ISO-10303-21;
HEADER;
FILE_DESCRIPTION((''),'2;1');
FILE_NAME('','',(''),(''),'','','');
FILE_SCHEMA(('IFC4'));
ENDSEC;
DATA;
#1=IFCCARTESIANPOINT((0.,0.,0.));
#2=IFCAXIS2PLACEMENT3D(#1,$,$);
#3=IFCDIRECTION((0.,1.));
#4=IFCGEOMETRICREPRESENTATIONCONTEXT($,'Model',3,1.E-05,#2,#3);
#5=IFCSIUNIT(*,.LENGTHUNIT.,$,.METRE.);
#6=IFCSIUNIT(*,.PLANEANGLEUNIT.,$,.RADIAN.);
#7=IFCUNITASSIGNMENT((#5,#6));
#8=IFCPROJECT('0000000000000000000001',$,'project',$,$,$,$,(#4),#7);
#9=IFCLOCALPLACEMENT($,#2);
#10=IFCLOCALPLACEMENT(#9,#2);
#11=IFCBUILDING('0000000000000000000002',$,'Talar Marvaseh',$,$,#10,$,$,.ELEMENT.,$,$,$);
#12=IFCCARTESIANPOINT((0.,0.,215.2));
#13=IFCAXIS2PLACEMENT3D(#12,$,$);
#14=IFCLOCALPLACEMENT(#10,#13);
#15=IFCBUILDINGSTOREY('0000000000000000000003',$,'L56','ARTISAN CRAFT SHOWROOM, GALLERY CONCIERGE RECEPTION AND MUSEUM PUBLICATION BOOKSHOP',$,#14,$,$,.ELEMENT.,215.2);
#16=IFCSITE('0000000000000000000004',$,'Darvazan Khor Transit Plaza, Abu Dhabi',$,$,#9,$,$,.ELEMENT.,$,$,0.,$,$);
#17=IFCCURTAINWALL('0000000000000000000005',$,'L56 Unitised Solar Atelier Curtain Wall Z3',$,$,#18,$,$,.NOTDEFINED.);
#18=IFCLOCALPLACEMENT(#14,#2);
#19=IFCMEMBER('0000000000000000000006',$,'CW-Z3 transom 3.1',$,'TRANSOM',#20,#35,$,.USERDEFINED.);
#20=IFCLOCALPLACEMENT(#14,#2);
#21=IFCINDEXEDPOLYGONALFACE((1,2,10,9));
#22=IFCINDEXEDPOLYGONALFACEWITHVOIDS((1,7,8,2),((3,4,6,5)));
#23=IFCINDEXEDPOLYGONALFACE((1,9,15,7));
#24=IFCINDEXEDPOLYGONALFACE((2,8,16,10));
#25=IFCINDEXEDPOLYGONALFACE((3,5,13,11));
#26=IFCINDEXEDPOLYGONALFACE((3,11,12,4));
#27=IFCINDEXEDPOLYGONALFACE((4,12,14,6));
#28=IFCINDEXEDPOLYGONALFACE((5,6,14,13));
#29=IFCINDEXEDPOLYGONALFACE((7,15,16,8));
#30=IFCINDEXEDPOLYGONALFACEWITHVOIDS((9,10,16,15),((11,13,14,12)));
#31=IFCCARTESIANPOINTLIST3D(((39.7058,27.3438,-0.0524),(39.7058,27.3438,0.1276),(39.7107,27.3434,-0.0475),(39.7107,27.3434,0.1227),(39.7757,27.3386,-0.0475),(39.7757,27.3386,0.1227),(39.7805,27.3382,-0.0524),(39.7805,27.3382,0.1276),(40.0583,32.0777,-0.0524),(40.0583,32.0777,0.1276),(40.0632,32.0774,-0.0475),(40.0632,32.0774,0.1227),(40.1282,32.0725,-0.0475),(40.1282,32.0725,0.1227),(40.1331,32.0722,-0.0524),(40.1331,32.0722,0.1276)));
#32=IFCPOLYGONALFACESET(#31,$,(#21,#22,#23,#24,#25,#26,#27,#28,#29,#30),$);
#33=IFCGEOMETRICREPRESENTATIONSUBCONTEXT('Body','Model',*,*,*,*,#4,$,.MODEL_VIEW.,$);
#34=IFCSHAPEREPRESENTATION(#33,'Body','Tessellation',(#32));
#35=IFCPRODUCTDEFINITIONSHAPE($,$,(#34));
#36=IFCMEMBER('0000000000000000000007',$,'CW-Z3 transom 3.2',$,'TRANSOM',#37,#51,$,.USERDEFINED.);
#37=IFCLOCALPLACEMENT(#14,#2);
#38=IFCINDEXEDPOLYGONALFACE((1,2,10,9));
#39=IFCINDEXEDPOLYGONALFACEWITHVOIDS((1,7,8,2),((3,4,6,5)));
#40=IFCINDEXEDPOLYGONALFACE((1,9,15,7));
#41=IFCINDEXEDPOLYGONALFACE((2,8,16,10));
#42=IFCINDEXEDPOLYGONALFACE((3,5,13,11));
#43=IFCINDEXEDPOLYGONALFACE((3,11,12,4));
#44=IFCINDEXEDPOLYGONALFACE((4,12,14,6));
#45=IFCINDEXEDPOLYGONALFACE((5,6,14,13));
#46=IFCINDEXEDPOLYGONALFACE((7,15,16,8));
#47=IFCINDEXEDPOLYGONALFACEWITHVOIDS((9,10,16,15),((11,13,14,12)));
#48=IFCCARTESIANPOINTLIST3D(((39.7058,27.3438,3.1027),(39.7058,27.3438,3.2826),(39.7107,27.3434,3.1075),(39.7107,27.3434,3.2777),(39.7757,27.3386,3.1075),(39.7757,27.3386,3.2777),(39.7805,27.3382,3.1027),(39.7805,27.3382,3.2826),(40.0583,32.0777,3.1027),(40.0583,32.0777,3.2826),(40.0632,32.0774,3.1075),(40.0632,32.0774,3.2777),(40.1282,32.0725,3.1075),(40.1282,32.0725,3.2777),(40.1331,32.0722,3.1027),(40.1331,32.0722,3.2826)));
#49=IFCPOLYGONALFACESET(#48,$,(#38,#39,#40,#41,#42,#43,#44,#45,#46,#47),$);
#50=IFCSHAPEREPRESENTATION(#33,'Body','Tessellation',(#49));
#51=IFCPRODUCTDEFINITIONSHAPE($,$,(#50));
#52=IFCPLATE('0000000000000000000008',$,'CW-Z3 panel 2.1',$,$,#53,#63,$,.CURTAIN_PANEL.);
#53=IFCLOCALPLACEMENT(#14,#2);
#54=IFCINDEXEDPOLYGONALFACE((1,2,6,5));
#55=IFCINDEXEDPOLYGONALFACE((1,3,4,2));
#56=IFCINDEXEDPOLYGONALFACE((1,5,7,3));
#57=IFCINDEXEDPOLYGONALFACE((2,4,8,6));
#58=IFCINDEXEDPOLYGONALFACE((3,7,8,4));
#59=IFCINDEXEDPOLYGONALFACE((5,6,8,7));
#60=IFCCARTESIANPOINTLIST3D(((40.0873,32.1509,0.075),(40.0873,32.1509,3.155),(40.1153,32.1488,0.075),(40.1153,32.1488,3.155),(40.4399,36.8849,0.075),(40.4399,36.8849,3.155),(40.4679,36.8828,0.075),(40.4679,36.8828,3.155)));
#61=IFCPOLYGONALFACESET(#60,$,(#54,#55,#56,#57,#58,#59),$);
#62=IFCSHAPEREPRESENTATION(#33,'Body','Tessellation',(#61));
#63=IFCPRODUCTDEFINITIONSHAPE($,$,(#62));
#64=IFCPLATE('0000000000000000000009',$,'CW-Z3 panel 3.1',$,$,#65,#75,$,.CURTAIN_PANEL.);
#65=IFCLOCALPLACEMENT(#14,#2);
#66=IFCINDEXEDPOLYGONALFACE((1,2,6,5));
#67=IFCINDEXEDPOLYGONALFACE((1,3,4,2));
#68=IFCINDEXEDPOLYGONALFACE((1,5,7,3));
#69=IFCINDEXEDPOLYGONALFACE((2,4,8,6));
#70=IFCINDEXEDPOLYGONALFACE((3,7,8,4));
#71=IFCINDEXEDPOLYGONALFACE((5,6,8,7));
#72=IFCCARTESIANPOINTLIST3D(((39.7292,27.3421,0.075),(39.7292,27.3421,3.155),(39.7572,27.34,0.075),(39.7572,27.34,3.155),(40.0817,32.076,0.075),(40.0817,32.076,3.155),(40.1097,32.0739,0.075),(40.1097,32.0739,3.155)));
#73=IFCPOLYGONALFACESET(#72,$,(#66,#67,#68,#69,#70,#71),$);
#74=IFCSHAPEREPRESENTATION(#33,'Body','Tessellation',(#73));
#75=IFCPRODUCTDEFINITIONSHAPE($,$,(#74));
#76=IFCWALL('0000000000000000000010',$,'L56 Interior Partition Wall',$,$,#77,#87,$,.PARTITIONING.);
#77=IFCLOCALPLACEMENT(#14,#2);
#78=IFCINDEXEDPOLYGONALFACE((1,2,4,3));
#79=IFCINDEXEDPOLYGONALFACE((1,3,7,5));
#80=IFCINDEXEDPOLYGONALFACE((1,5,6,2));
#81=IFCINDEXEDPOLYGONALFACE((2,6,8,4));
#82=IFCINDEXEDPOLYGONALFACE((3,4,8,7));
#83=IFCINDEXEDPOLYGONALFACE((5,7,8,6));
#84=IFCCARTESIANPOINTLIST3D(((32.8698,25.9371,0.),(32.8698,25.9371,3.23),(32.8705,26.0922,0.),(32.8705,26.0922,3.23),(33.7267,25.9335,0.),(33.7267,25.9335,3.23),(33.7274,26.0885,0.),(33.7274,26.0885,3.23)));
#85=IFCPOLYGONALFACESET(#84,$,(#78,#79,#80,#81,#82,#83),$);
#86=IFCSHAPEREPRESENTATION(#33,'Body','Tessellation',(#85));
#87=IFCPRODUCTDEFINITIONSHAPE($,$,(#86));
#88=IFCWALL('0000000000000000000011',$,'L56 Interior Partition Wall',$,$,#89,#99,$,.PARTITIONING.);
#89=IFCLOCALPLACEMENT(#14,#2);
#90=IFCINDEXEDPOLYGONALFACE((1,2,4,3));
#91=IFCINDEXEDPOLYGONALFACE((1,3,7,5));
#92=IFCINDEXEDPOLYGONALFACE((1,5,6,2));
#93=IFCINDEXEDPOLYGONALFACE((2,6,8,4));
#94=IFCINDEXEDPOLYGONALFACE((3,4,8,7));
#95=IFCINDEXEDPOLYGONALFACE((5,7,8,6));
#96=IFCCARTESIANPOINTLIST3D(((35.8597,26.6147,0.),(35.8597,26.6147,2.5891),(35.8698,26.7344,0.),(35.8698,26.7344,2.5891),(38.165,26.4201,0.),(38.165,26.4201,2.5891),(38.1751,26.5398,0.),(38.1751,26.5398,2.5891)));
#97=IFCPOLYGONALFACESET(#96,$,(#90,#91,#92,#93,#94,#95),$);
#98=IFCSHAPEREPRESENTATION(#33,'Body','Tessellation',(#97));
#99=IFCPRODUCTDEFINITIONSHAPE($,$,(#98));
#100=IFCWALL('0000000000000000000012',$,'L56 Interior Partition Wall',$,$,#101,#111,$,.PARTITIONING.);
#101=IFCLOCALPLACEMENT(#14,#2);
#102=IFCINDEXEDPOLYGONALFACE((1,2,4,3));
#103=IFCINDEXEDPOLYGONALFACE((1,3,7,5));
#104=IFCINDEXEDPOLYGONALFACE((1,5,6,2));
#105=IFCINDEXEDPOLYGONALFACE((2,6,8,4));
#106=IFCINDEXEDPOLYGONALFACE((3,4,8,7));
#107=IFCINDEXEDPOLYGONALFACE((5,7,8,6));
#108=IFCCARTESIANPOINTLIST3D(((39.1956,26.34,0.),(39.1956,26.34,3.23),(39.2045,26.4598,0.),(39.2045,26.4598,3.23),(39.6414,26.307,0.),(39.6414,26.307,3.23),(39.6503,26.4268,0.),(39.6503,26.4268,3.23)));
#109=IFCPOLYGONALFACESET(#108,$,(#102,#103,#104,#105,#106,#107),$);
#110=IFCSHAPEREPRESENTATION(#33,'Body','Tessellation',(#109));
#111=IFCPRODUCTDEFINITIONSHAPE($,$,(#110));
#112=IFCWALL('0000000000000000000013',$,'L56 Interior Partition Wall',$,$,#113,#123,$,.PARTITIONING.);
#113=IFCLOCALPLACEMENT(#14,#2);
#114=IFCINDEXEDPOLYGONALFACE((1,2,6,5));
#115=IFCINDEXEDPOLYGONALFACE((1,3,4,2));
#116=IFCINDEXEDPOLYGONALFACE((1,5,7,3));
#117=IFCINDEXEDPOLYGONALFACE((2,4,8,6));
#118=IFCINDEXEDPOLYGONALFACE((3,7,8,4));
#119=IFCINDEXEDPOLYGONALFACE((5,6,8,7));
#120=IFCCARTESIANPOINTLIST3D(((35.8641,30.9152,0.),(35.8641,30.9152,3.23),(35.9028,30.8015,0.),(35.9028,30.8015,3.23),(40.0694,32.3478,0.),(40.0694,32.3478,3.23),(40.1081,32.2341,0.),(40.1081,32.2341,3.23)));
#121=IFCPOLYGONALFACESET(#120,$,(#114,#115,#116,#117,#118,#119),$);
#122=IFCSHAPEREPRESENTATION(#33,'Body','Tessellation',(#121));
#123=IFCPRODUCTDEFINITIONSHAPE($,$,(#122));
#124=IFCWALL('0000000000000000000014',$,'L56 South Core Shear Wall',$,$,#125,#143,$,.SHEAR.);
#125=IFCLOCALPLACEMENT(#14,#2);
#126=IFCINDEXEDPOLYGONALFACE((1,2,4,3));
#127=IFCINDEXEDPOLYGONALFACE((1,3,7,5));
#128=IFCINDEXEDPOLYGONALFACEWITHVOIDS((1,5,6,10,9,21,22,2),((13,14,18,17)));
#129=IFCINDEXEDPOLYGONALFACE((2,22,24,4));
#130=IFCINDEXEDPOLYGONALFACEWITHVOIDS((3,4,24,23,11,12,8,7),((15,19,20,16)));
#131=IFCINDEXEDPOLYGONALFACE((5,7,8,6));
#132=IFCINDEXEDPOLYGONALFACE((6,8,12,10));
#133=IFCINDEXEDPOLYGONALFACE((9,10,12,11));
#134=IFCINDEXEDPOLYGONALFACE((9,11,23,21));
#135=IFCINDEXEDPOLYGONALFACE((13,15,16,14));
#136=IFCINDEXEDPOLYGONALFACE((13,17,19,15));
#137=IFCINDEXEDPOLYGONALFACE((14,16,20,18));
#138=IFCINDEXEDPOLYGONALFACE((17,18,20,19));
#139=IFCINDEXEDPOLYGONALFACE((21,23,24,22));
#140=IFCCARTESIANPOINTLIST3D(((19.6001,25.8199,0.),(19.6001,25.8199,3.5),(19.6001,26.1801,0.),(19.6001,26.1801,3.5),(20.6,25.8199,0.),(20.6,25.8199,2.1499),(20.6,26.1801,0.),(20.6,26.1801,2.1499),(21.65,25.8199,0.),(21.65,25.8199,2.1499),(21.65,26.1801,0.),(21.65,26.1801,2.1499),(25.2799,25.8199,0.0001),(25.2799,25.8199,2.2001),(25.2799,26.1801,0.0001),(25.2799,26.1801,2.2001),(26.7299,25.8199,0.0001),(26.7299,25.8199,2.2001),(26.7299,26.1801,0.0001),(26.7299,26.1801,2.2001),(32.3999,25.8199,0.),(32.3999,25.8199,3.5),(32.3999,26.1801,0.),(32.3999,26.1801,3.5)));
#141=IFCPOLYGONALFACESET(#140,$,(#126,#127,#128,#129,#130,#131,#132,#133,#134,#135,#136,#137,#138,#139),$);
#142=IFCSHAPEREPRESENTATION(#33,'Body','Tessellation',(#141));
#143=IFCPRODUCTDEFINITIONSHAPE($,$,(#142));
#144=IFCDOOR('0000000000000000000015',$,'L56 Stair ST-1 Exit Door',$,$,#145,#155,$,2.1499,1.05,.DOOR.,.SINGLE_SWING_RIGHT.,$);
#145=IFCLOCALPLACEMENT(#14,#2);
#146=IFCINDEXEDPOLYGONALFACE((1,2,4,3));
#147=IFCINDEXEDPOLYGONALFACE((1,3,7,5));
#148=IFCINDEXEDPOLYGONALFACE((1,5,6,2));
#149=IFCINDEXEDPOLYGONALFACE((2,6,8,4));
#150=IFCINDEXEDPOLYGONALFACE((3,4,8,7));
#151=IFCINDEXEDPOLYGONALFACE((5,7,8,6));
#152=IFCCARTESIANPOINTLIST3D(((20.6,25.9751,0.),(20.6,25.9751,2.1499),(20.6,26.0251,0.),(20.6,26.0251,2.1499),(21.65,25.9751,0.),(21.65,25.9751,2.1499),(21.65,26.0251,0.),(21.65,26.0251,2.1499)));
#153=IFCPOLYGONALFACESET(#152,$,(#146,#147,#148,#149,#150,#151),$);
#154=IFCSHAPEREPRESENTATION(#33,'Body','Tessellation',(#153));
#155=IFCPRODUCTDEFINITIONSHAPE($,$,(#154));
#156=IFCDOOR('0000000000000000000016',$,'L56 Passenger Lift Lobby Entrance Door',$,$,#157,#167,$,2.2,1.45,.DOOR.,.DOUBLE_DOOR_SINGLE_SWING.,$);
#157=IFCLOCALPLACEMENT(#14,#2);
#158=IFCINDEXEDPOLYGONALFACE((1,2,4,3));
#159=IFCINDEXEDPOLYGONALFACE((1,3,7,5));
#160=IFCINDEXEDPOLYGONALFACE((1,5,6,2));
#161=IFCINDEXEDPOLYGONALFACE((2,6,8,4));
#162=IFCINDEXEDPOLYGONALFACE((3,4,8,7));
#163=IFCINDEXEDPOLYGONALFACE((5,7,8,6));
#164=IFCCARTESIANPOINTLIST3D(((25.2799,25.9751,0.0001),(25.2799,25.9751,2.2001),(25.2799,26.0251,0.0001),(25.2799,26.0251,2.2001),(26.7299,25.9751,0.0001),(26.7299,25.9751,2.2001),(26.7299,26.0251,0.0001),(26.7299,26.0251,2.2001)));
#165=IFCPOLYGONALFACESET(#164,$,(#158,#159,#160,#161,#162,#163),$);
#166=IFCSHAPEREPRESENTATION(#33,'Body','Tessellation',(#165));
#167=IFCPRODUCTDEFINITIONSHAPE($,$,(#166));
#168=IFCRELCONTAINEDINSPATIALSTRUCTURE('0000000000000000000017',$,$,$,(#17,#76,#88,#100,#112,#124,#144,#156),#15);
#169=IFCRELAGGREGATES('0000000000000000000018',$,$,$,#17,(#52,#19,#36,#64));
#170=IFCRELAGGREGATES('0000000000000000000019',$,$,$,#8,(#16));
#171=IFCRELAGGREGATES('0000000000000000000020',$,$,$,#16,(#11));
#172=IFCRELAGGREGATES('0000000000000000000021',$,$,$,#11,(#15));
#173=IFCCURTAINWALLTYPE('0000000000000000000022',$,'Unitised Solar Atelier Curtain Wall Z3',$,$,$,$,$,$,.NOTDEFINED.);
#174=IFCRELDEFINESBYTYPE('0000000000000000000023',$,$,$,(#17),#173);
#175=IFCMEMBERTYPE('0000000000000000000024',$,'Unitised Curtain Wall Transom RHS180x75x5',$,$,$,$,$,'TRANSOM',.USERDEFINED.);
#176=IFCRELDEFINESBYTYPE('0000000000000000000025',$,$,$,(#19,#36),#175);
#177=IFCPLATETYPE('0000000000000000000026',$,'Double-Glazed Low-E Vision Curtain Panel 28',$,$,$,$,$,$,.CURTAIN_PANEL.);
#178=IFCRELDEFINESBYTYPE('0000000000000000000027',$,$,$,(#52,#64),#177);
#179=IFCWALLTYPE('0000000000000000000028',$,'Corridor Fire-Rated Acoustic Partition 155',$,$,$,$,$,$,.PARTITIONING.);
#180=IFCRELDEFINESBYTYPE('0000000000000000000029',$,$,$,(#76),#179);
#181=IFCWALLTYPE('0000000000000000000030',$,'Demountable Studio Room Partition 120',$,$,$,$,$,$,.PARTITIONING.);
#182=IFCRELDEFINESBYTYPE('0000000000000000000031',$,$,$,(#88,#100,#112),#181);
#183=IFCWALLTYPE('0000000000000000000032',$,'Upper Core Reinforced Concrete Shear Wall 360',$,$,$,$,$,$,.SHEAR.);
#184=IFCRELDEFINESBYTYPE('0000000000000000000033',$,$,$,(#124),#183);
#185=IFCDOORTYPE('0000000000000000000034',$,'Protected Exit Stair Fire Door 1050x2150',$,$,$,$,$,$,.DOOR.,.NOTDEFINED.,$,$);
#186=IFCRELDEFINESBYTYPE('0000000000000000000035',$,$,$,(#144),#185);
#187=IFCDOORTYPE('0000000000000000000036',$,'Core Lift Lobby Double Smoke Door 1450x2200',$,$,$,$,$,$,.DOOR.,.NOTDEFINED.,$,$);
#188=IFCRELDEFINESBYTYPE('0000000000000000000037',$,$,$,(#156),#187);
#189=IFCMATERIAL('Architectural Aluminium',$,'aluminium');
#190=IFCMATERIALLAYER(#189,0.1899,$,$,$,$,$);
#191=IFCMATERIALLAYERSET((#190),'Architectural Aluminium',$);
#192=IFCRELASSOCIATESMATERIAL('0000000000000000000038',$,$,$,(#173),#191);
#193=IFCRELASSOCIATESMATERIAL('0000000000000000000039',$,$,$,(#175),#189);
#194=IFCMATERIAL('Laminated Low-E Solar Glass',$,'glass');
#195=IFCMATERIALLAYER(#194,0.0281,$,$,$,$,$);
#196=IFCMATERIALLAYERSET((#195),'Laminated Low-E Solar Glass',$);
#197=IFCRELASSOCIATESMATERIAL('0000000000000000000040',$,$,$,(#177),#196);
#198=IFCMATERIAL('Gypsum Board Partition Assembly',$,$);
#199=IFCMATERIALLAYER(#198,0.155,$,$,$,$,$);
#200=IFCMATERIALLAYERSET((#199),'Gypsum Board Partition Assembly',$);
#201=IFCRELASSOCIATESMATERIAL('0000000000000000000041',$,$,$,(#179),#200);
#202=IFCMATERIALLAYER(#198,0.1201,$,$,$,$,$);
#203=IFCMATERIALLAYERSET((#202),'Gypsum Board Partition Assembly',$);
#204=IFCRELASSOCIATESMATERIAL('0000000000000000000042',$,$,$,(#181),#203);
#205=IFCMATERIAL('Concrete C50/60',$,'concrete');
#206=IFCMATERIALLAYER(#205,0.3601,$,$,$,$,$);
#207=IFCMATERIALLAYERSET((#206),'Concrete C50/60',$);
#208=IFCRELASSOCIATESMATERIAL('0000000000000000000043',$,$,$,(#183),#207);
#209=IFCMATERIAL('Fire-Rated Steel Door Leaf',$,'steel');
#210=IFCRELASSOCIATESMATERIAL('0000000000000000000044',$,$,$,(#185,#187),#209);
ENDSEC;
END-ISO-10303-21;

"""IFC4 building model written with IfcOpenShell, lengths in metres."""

from ifc_helpers import new_model, si_unit, direction, frame, frame_2d, origin, origin_2d, place, context, subcontext, project, spatial, rectangle, hollow_rectangle, extrude, source, transform, mapped, material, layer, layer_set, material_profile, profile_set, type_object, type_shapes, element, fill, aggregate, save


model = new_model("IFC4")

# Units and contexts
model_context = context("Model", 3, precision=1e-05, world=origin(), true_north=direction((0.0, 1.0)))
body_context = subcontext(model_context, "Body", "Model", "MODEL_VIEW")
ifc_project = project(units=[si_unit("LENGTHUNIT", "METRE"), si_unit("PLANEANGLEUNIT", "RADIAN")], contexts=[model_context])

# Site, building, storey
site_placement = place(None, origin())
site = spatial("IfcSite", under=ifc_project, at=site_placement, Name="Darvazan Khor Transit Plaza, Abu Dhabi", CompositionType="ELEMENT", RefElevation=0.0)
building_placement = place(site_placement, origin())
building = spatial("IfcBuilding", under=site, at=building_placement, Name="Talar Marvaseh", CompositionType="ELEMENT")
storey_placement = place(building_placement, frame((0.0, 0.0, 215.2)))
storey = spatial("IfcBuildingStorey", under=building, at=storey_placement, Name="L56", Description="ARTISAN CRAFT SHOWROOM, GALLERY CONCIERGE RECEPTION AND MUSEUM PUBLICATION BOOKSHOP", CompositionType="ELEMENT", Elevation=215.2)

# Curtain wall, members, plates
ifc_material_1 = material(Name="Architectural Aluminium", Category="aluminium")
ifc_layer_1 = layer(ifc_material_1, 0.1899)
ifc_layer_set_1 = layer_set([ifc_layer_1], Name="Architectural Aluminium")
curtain_wall_type = type_object("IfcCurtainWallType", Name="Unitised Solar Atelier Curtain Wall Z3", PredefinedType="NOTDEFINED", material=ifc_layer_set_1)
curtain_wall_placement = place(storey_placement, origin())
curtain_wall = element("IfcCurtainWall", 1, at=curtain_wall_placement, inside=storey, type_object=curtain_wall_type, Name="L56 Unitised Solar Atelier Curtain Wall Z3", PredefinedType="NOTDEFINED")
ifc_material_profile_1 = material_profile(ifc_material_1, hollow_rectangle(XDim=0.075, YDim=0.1799, WallThickness=0.0049, at=origin_2d()), Name="RHS180x75x5")
ifc_profile_set_1 = profile_set([ifc_material_profile_1], Name="Architectural Aluminium")
member_type_1 = type_object("IfcMemberType", Name="Unitised Curtain Wall Transom RHS180x75x5", ElementType="TRANSOM", PredefinedType="USERDEFINED", material=ifc_profile_set_1)
shared_shape_1 = source(origin(), body_context, "Body", "SweptSolid", [
    extrude(hollow_rectangle(XDim=0.075, YDim=0.1799, WallThickness=0.0049, at=origin_2d()), origin(), (0.0, 0.0, 1.0), 4.7471),
])
member_1_placement = place(storey_placement, frame((40.0957, 32.075, 0.0376), z_axis=(-0.074266, -0.997238, 0.0), x_axis=(0.997238, -0.074266, 0.0)))
member_1 = element("IfcMember", 2, at=member_1_placement, type_object=member_type_1, Name="CW-Z3 transom 3.1", ObjectType="TRANSOM", PredefinedType="USERDEFINED", context=body_context, shape_type="MappedRepresentation", body=[
    mapped(shared_shape_1, transform((0.0, 0.0, 0.0), x_axis=(1.0, 0.0, 0.0), y_axis=(0.0, 1.0, 0.0), z_axis=(0.0, 0.0, 1.0), scale=1.0)),
])
member_2_placement = place(storey_placement, frame((40.0957, 32.075, 3.1926), z_axis=(-0.074266, -0.997238, 0.0), x_axis=(0.997238, -0.074266, 0.0)))
member_2 = element("IfcMember", 3, at=member_2_placement, type_object=member_type_1, Name="CW-Z3 transom 3.2", ObjectType="TRANSOM", PredefinedType="USERDEFINED", context=body_context, shape_type="MappedRepresentation", body=[
    mapped(shared_shape_1, transform((0.0, 0.0, 0.0), x_axis=(1.0, 0.0, 0.0), y_axis=(0.0, 1.0, 0.0), z_axis=(0.0, 0.0, 1.0), scale=1.0)),
])
ifc_material_2 = material(Name="Laminated Low-E Solar Glass", Category="glass")
ifc_layer_2 = layer(ifc_material_2, 0.0281)
ifc_layer_set_2 = layer_set([ifc_layer_2], Name="Laminated Low-E Solar Glass")
plate_type = type_object("IfcPlateType", Name="Double-Glazed Low-E Vision Curtain Panel 28", PredefinedType="CURTAIN_PANEL", material=ifc_layer_set_2)
shared_shape_2 = source(origin(), body_context, "Body", "SweptSolid", [
    extrude(rectangle(XDim=4.7471, YDim=0.0281, at=origin_2d()), origin(), (0.0, 0.0, 1.0), 3.0801),
])
type_shapes(plate_type, [shared_shape_2])
plate_1_placement = place(storey_placement, frame((40.2776, 34.5168, 0.075), z_axis=(0.0, 0.0, 1.0), x_axis=(-0.074263, -0.997239, 0.0)))
plate_1 = element("IfcPlate", 4, at=plate_1_placement, type_object=plate_type, Name="CW-Z3 panel 2.1", PredefinedType="CURTAIN_PANEL", context=body_context, shape_type="MappedRepresentation", body=[
    mapped(shared_shape_2, transform((0.0, 0.0, 0.0), x_axis=(1.0, 0.0, 0.0), y_axis=(0.0, 1.0, 0.0), z_axis=(0.0, 0.0, 1.0), scale=1.0)),
])
plate_2_placement = place(storey_placement, frame((39.9194, 29.708, 0.075), z_axis=(0.0, 0.0, 1.0), x_axis=(-0.074263, -0.997239, 0.0)))
plate_2 = element("IfcPlate", 5, at=plate_2_placement, type_object=plate_type, Name="CW-Z3 panel 3.1", PredefinedType="CURTAIN_PANEL", context=body_context, shape_type="MappedRepresentation", body=[
    mapped(shared_shape_2, transform((0.0, 0.0, 0.0), x_axis=(1.0, 0.0, 0.0), y_axis=(0.0, 1.0, 0.0), z_axis=(0.0, 0.0, 1.0), scale=1.0)),
])
aggregate(curtain_wall, [plate_1, member_1, member_2, plate_2])

# Walls
ifc_material_3 = material(Name="Gypsum Board Partition Assembly")
ifc_layer_3 = layer(ifc_material_3, 0.155)
ifc_layer_set_3 = layer_set([ifc_layer_3], Name="Gypsum Board Partition Assembly")
wall_type_1 = type_object("IfcWallType", Name="Corridor Fire-Rated Acoustic Partition 155", PredefinedType="PARTITIONING", material=ifc_layer_set_3)
wall_1_placement = place(storey_placement, frame((33.7271, 26.011, 0.0), z_axis=(0.0, 0.0, 1.0), x_axis=(-0.999991, 0.004273, 0.0)))
element("IfcWall", 6, at=wall_1_placement, inside=storey, type_object=wall_type_1, Name="L56 Interior Partition Wall", PredefinedType="PARTITIONING", context=body_context, shape_type="SweptSolid", body=[
    extrude(rectangle(XDim=0.8569, YDim=0.155, at=frame_2d((0.4285, 0.0))), origin(), (0.0, 0.0, 1.0), 3.23),
])
ifc_layer_4 = layer(ifc_material_3, 0.1201)
ifc_layer_set_4 = layer_set([ifc_layer_4], Name="Gypsum Board Partition Assembly")
wall_type_2 = type_object("IfcWallType", Name="Demountable Studio Room Partition 120", PredefinedType="PARTITIONING", material=ifc_layer_set_4)
wall_2_placement = place(storey_placement, frame((35.8647, 26.6746, 0.0), z_axis=(0.0, 0.0, 1.0), x_axis=(0.996456, -0.084111, 0.0)))
element("IfcWall", 7, at=wall_2_placement, inside=storey, type_object=wall_type_2, Name="L56 Interior Partition Wall", PredefinedType="PARTITIONING", context=body_context, shape_type="SweptSolid", body=[
    extrude(rectangle(XDim=2.3135, YDim=0.1201, at=frame_2d((1.1567, 0.0))), origin(), (0.0, 0.0, 1.0), 2.5891),
])
wall_3_placement = place(storey_placement, frame((39.2, 26.3999, 0.0), z_axis=(0.0, 0.0, 1.0), x_axis=(0.997278, -0.073731, 0.0)))
element("IfcWall", 8, at=wall_3_placement, inside=storey, type_object=wall_type_2, Name="L56 Interior Partition Wall", PredefinedType="PARTITIONING", context=body_context, shape_type="SweptSolid", body=[
    extrude(rectangle(XDim=0.447, YDim=0.1201, at=frame_2d((0.2236, 0.0))), origin(), (0.0, 0.0, 1.0), 3.23),
])
wall_4_placement = place(storey_placement, frame((35.8835, 30.8584, 0.0), z_axis=(0.0, 0.0, 1.0), x_axis=(0.94658, 0.322469, 0.0)))
element("IfcWall", 9, at=wall_4_placement, inside=storey, type_object=wall_type_2, Name="L56 Interior Partition Wall", PredefinedType="PARTITIONING", context=body_context, shape_type="SweptSolid", body=[
    extrude(rectangle(XDim=4.4426, YDim=0.1201, at=frame_2d((2.2212, 0.0))), origin(), (0.0, 0.0, 1.0), 3.23),
])

# Wall, openings, doors
ifc_material_4 = material(Name="Concrete C50/60", Category="concrete")
ifc_layer_5 = layer(ifc_material_4, 0.3601)
ifc_layer_set_5 = layer_set([ifc_layer_5], Name="Concrete C50/60")
wall_type_3 = type_object("IfcWallType", Name="Upper Core Reinforced Concrete Shear Wall 360", PredefinedType="SHEAR", material=ifc_layer_set_5)
wall_5_placement = place(storey_placement, frame((32.3999, 26.0, 0.0), z_axis=(0.0, 0.0, 1.0), x_axis=(-1.0, 0.0, 0.0)))
wall_5 = element("IfcWall", 10, at=wall_5_placement, inside=storey, type_object=wall_type_3, Name="L56 South Core Shear Wall", PredefinedType="SHEAR", context=body_context, shape_type="SweptSolid", body=[
    extrude(rectangle(XDim=12.7998, YDim=0.3601, at=frame_2d((6.3999, 0.0))), origin(), (0.0, 0.0, 1.0), 3.5),
])
opening_1_placement = place(wall_5_placement, frame((10.75, 0.0, 0.0)))
opening_1 = element("IfcOpeningElement", 11, at=opening_1_placement, cuts=wall_5, PredefinedType="OPENING", context=body_context, shape_type="SweptSolid", body=[
    extrude(rectangle(XDim=1.05, YDim=2.1499, at=frame_2d((0.5249, 1.075))), frame((0.0, 0.1899, 0.0), z_axis=(0.0, -1.0, 0.0), x_axis=(1.0, 0.0, 0.0)), (0.0, 0.0, 1.0), 0.3801),
])
opening_2_placement = place(wall_5_placement, frame((5.6699, 0.0, 0.0)))
opening_2 = element("IfcOpeningElement", 12, at=opening_2_placement, cuts=wall_5, PredefinedType="OPENING", context=body_context, shape_type="SweptSolid", body=[
    extrude(rectangle(XDim=1.45, YDim=2.2, at=frame_2d((0.7251, 1.1001))), frame((0.0, 0.1899, 0.0), z_axis=(0.0, -1.0, 0.0), x_axis=(1.0, 0.0, 0.0)), (0.0, 0.0, 1.0), 0.3801),
])
ifc_material_5 = material(Name="Fire-Rated Steel Door Leaf", Category="steel")
door_type_1 = type_object("IfcDoorType", Name="Protected Exit Stair Fire Door 1050x2150", OperationType="NOTDEFINED", PredefinedType="DOOR", material=ifc_material_5)
shared_shape_3 = source(origin(), body_context, "Body", "SweptSolid", [
    extrude(rectangle(XDim=1.05, YDim=2.1499, at=frame_2d((0.5249, 1.075))), frame((0.0, 0.0249, 0.0), z_axis=(0.0, -1.0, 0.0), x_axis=(1.0, 0.0, 0.0)), (0.0, 0.0, 1.0), 0.05),
])
type_shapes(door_type_1, [shared_shape_3])
door_1_placement = place(opening_1_placement, origin())
door_1 = element("IfcDoor", 13, at=door_1_placement, inside=storey, type_object=door_type_1, Name="L56 Stair ST-1 Exit Door", OperationType="SINGLE_SWING_RIGHT", OverallHeight=2.1499, OverallWidth=1.05, PredefinedType="DOOR", context=body_context, shape_type="MappedRepresentation", body=[
    mapped(shared_shape_3, transform((0.0, 0.0, 0.0), x_axis=(1.0, 0.0, 0.0), y_axis=(0.0, 1.0, 0.0), z_axis=(0.0, 0.0, 1.0), scale=1.0)),
])
fill(opening_1, door_1)
door_type_2 = type_object("IfcDoorType", Name="Core Lift Lobby Double Smoke Door 1450x2200", OperationType="NOTDEFINED", PredefinedType="DOOR", material=ifc_material_5)
shared_shape_4 = source(origin(), body_context, "Body", "SweptSolid", [
    extrude(rectangle(XDim=1.45, YDim=2.2, at=frame_2d((0.7251, 1.1001))), frame((0.0, 0.0249, 0.0), z_axis=(0.0, -1.0, 0.0), x_axis=(1.0, 0.0, 0.0)), (0.0, 0.0, 1.0), 0.05),
])
type_shapes(door_type_2, [shared_shape_4])
door_2_placement = place(opening_2_placement, origin())
door_2 = element("IfcDoor", 14, at=door_2_placement, inside=storey, type_object=door_type_2, Name="L56 Passenger Lift Lobby Entrance Door", OperationType="DOUBLE_DOOR_SINGLE_SWING", OverallHeight=2.2, OverallWidth=1.45, PredefinedType="DOOR", context=body_context, shape_type="MappedRepresentation", body=[
    mapped(shared_shape_4, transform((0.0, 0.0, 0.0), x_axis=(1.0, 0.0, 0.0), y_axis=(0.0, 1.0, 0.0), z_axis=(0.0, 0.0, 1.0), scale=1.0)),
])
fill(opening_2, door_2)

save(model, "model.ifc")
